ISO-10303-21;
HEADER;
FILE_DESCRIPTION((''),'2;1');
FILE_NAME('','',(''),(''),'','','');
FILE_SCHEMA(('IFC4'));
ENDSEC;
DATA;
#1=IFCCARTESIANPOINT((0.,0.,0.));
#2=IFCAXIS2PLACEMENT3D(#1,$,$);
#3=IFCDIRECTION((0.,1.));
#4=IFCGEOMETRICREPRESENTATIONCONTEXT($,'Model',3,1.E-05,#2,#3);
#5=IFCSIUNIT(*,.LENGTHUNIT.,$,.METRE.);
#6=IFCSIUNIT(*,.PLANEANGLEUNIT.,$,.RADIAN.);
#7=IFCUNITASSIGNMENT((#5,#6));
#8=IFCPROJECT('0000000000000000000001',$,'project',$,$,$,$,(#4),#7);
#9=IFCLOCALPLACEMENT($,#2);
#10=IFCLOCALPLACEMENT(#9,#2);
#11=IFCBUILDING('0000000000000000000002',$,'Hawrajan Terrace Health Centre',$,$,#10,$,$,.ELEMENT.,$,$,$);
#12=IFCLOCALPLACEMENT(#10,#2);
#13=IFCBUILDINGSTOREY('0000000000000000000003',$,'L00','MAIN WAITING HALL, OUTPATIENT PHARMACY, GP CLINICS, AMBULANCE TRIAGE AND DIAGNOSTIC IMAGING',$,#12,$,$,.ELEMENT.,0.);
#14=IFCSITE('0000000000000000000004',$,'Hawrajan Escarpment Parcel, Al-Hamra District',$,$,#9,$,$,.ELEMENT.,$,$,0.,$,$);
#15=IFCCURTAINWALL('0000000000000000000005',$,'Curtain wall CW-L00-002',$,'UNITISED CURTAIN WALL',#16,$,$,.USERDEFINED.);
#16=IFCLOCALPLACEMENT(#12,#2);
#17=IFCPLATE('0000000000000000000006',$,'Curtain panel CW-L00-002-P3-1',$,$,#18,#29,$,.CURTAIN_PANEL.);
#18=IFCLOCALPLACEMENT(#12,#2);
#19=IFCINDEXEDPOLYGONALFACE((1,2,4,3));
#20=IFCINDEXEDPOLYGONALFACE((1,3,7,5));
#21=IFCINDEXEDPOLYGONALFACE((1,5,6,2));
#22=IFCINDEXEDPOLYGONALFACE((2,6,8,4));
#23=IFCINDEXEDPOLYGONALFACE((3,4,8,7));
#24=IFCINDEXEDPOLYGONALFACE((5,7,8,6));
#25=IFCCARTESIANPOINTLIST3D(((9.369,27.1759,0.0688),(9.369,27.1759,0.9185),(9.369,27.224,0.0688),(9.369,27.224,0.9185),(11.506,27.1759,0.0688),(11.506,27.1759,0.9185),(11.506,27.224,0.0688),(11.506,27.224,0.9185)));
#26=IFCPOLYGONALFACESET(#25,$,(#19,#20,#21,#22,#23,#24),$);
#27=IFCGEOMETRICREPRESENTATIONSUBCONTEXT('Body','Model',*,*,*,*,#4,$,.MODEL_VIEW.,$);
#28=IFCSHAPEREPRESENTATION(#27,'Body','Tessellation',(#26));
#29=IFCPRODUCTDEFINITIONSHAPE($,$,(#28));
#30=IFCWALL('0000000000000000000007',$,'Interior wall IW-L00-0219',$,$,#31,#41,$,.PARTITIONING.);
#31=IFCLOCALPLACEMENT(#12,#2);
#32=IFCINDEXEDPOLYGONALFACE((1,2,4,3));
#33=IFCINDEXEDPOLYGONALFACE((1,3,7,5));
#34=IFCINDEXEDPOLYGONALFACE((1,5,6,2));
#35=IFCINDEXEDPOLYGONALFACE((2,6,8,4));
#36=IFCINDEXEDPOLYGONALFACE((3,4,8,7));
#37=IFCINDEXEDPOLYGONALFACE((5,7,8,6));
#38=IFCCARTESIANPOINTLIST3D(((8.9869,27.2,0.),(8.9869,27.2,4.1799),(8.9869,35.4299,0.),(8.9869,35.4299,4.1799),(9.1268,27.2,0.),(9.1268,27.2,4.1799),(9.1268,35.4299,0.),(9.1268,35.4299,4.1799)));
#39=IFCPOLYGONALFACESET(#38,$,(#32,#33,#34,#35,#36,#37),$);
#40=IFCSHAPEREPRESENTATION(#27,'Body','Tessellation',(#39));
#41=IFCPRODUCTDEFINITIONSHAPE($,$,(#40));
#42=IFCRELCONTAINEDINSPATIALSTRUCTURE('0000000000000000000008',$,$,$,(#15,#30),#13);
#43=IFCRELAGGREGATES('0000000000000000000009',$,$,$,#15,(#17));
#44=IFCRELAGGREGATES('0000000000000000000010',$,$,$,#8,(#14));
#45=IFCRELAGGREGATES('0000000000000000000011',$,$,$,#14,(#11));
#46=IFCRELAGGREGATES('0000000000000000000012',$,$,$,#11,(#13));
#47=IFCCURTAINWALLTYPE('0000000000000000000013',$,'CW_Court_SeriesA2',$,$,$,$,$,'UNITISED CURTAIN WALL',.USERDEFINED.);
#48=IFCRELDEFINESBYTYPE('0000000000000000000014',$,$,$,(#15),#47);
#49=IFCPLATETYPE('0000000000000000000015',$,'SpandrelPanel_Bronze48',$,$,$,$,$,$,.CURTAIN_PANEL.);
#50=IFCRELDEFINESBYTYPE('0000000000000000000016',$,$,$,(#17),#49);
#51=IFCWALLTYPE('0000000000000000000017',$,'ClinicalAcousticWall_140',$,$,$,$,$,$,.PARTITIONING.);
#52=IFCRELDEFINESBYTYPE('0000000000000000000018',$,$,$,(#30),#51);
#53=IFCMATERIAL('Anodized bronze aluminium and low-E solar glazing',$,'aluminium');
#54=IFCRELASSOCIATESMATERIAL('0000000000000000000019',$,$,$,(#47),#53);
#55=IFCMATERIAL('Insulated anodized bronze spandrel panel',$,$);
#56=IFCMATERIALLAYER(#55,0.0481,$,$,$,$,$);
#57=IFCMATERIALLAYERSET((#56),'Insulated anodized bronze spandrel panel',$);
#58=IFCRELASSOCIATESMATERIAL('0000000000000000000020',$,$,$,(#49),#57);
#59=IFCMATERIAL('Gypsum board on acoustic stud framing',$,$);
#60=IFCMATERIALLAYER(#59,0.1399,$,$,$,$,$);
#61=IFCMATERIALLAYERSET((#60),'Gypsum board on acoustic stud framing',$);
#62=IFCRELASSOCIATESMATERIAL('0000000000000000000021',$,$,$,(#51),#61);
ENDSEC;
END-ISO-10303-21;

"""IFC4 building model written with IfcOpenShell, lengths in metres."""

from ifc_helpers import new_model, si_unit, direction, frame, frame_2d, origin, origin_2d, place, context, subcontext, project, spatial, rectangle, extrude, material, layer, layer_set, type_object, element, aggregate, save


model = new_model("IFC4")

# Units and contexts
model_context = context("Model", 3, precision=1e-05, world=origin(), true_north=direction((0.0, 1.0)))
body_context = subcontext(model_context, "Body", "Model", "MODEL_VIEW")
ifc_project = project(units=[si_unit("LENGTHUNIT", "METRE"), si_unit("PLANEANGLEUNIT", "RADIAN")], contexts=[model_context])

# Site, building, storey
site_placement = place(None, origin())
site = spatial("IfcSite", under=ifc_project, at=site_placement, Name="Hawrajan Escarpment Parcel, Al-Hamra District", CompositionType="ELEMENT", RefElevation=0.0)
building_placement = place(site_placement, origin())
building = spatial("IfcBuilding", under=site, at=building_placement, Name="Hawrajan Terrace Health Centre", CompositionType="ELEMENT")
storey_placement = place(building_placement, origin())
storey = spatial("IfcBuildingStorey", under=building, at=storey_placement, Name="L00", Description="MAIN WAITING HALL, OUTPATIENT PHARMACY, GP CLINICS, AMBULANCE TRIAGE AND DIAGNOSTIC IMAGING", CompositionType="ELEMENT", Elevation=0.0)

# Curtain wall
ifc_material_1 = material(Name="Anodized bronze aluminium and low-E solar glazing", Category="aluminium")
curtain_wall_type = type_object("IfcCurtainWallType", Name="CW_Court_SeriesA2", ElementType="UNITISED CURTAIN WALL", PredefinedType="USERDEFINED", material=ifc_material_1)
curtain_wall_placement = place(storey_placement, origin())
curtain_wall = element("IfcCurtainWall", 1, at=curtain_wall_placement, inside=storey, type_object=curtain_wall_type, Name="Curtain wall CW-L00-002", ObjectType="UNITISED CURTAIN WALL", PredefinedType="USERDEFINED")

# Plate
ifc_material_2 = material(Name="Insulated anodized bronze spandrel panel")
ifc_layer_1 = layer(ifc_material_2, 0.0481)
ifc_layer_set_1 = layer_set([ifc_layer_1], Name="Insulated anodized bronze spandrel panel")
plate_type_1 = type_object("IfcPlateType", Name="SpandrelPanel_Bronze48", PredefinedType="CURTAIN_PANEL", material=ifc_layer_set_1)
plate_1_placement = place(storey_placement, frame((10.4375, 27.2, 0.0688), z_axis=(0.0, 0.0, 1.0), x_axis=(1.0, 0.0, 0.0)))
plate_1 = element("IfcPlate", 2, at=plate_1_placement, type_object=plate_type_1, Name="Curtain panel CW-L00-002-P3-1", PredefinedType="CURTAIN_PANEL", context=body_context, shape_type="SweptSolid", body=[
    extrude(rectangle(XDim=2.137, YDim=0.0481, at=origin_2d()), origin(), (0.0, 0.0, 1.0), 0.8496),
])
aggregate(curtain_wall, [plate_1])

# Wall
ifc_material_3 = material(Name="Gypsum board on acoustic stud framing")
ifc_layer_2 = layer(ifc_material_3, 0.1399)
ifc_layer_set_2 = layer_set([ifc_layer_2], Name="Gypsum board on acoustic stud framing")
wall_type = type_object("IfcWallType", Name="ClinicalAcousticWall_140", PredefinedType="PARTITIONING", material=ifc_layer_set_2)
wall_1_placement = place(storey_placement, frame((9.0569, 27.2, 0.0), z_axis=(0.0, 0.0, 1.0), x_axis=(0.0, 1.0, 0.0)))
element("IfcWall", 3, at=wall_1_placement, inside=storey, type_object=wall_type, Name="Interior wall IW-L00-0219", PredefinedType="PARTITIONING", context=body_context, shape_type="SweptSolid", body=[
    extrude(rectangle(XDim=8.23, YDim=0.1399, at=frame_2d((4.115, 0.0))), origin(), (0.0, 0.0, 1.0), 4.1799),
])

save(model, "model.ifc")
